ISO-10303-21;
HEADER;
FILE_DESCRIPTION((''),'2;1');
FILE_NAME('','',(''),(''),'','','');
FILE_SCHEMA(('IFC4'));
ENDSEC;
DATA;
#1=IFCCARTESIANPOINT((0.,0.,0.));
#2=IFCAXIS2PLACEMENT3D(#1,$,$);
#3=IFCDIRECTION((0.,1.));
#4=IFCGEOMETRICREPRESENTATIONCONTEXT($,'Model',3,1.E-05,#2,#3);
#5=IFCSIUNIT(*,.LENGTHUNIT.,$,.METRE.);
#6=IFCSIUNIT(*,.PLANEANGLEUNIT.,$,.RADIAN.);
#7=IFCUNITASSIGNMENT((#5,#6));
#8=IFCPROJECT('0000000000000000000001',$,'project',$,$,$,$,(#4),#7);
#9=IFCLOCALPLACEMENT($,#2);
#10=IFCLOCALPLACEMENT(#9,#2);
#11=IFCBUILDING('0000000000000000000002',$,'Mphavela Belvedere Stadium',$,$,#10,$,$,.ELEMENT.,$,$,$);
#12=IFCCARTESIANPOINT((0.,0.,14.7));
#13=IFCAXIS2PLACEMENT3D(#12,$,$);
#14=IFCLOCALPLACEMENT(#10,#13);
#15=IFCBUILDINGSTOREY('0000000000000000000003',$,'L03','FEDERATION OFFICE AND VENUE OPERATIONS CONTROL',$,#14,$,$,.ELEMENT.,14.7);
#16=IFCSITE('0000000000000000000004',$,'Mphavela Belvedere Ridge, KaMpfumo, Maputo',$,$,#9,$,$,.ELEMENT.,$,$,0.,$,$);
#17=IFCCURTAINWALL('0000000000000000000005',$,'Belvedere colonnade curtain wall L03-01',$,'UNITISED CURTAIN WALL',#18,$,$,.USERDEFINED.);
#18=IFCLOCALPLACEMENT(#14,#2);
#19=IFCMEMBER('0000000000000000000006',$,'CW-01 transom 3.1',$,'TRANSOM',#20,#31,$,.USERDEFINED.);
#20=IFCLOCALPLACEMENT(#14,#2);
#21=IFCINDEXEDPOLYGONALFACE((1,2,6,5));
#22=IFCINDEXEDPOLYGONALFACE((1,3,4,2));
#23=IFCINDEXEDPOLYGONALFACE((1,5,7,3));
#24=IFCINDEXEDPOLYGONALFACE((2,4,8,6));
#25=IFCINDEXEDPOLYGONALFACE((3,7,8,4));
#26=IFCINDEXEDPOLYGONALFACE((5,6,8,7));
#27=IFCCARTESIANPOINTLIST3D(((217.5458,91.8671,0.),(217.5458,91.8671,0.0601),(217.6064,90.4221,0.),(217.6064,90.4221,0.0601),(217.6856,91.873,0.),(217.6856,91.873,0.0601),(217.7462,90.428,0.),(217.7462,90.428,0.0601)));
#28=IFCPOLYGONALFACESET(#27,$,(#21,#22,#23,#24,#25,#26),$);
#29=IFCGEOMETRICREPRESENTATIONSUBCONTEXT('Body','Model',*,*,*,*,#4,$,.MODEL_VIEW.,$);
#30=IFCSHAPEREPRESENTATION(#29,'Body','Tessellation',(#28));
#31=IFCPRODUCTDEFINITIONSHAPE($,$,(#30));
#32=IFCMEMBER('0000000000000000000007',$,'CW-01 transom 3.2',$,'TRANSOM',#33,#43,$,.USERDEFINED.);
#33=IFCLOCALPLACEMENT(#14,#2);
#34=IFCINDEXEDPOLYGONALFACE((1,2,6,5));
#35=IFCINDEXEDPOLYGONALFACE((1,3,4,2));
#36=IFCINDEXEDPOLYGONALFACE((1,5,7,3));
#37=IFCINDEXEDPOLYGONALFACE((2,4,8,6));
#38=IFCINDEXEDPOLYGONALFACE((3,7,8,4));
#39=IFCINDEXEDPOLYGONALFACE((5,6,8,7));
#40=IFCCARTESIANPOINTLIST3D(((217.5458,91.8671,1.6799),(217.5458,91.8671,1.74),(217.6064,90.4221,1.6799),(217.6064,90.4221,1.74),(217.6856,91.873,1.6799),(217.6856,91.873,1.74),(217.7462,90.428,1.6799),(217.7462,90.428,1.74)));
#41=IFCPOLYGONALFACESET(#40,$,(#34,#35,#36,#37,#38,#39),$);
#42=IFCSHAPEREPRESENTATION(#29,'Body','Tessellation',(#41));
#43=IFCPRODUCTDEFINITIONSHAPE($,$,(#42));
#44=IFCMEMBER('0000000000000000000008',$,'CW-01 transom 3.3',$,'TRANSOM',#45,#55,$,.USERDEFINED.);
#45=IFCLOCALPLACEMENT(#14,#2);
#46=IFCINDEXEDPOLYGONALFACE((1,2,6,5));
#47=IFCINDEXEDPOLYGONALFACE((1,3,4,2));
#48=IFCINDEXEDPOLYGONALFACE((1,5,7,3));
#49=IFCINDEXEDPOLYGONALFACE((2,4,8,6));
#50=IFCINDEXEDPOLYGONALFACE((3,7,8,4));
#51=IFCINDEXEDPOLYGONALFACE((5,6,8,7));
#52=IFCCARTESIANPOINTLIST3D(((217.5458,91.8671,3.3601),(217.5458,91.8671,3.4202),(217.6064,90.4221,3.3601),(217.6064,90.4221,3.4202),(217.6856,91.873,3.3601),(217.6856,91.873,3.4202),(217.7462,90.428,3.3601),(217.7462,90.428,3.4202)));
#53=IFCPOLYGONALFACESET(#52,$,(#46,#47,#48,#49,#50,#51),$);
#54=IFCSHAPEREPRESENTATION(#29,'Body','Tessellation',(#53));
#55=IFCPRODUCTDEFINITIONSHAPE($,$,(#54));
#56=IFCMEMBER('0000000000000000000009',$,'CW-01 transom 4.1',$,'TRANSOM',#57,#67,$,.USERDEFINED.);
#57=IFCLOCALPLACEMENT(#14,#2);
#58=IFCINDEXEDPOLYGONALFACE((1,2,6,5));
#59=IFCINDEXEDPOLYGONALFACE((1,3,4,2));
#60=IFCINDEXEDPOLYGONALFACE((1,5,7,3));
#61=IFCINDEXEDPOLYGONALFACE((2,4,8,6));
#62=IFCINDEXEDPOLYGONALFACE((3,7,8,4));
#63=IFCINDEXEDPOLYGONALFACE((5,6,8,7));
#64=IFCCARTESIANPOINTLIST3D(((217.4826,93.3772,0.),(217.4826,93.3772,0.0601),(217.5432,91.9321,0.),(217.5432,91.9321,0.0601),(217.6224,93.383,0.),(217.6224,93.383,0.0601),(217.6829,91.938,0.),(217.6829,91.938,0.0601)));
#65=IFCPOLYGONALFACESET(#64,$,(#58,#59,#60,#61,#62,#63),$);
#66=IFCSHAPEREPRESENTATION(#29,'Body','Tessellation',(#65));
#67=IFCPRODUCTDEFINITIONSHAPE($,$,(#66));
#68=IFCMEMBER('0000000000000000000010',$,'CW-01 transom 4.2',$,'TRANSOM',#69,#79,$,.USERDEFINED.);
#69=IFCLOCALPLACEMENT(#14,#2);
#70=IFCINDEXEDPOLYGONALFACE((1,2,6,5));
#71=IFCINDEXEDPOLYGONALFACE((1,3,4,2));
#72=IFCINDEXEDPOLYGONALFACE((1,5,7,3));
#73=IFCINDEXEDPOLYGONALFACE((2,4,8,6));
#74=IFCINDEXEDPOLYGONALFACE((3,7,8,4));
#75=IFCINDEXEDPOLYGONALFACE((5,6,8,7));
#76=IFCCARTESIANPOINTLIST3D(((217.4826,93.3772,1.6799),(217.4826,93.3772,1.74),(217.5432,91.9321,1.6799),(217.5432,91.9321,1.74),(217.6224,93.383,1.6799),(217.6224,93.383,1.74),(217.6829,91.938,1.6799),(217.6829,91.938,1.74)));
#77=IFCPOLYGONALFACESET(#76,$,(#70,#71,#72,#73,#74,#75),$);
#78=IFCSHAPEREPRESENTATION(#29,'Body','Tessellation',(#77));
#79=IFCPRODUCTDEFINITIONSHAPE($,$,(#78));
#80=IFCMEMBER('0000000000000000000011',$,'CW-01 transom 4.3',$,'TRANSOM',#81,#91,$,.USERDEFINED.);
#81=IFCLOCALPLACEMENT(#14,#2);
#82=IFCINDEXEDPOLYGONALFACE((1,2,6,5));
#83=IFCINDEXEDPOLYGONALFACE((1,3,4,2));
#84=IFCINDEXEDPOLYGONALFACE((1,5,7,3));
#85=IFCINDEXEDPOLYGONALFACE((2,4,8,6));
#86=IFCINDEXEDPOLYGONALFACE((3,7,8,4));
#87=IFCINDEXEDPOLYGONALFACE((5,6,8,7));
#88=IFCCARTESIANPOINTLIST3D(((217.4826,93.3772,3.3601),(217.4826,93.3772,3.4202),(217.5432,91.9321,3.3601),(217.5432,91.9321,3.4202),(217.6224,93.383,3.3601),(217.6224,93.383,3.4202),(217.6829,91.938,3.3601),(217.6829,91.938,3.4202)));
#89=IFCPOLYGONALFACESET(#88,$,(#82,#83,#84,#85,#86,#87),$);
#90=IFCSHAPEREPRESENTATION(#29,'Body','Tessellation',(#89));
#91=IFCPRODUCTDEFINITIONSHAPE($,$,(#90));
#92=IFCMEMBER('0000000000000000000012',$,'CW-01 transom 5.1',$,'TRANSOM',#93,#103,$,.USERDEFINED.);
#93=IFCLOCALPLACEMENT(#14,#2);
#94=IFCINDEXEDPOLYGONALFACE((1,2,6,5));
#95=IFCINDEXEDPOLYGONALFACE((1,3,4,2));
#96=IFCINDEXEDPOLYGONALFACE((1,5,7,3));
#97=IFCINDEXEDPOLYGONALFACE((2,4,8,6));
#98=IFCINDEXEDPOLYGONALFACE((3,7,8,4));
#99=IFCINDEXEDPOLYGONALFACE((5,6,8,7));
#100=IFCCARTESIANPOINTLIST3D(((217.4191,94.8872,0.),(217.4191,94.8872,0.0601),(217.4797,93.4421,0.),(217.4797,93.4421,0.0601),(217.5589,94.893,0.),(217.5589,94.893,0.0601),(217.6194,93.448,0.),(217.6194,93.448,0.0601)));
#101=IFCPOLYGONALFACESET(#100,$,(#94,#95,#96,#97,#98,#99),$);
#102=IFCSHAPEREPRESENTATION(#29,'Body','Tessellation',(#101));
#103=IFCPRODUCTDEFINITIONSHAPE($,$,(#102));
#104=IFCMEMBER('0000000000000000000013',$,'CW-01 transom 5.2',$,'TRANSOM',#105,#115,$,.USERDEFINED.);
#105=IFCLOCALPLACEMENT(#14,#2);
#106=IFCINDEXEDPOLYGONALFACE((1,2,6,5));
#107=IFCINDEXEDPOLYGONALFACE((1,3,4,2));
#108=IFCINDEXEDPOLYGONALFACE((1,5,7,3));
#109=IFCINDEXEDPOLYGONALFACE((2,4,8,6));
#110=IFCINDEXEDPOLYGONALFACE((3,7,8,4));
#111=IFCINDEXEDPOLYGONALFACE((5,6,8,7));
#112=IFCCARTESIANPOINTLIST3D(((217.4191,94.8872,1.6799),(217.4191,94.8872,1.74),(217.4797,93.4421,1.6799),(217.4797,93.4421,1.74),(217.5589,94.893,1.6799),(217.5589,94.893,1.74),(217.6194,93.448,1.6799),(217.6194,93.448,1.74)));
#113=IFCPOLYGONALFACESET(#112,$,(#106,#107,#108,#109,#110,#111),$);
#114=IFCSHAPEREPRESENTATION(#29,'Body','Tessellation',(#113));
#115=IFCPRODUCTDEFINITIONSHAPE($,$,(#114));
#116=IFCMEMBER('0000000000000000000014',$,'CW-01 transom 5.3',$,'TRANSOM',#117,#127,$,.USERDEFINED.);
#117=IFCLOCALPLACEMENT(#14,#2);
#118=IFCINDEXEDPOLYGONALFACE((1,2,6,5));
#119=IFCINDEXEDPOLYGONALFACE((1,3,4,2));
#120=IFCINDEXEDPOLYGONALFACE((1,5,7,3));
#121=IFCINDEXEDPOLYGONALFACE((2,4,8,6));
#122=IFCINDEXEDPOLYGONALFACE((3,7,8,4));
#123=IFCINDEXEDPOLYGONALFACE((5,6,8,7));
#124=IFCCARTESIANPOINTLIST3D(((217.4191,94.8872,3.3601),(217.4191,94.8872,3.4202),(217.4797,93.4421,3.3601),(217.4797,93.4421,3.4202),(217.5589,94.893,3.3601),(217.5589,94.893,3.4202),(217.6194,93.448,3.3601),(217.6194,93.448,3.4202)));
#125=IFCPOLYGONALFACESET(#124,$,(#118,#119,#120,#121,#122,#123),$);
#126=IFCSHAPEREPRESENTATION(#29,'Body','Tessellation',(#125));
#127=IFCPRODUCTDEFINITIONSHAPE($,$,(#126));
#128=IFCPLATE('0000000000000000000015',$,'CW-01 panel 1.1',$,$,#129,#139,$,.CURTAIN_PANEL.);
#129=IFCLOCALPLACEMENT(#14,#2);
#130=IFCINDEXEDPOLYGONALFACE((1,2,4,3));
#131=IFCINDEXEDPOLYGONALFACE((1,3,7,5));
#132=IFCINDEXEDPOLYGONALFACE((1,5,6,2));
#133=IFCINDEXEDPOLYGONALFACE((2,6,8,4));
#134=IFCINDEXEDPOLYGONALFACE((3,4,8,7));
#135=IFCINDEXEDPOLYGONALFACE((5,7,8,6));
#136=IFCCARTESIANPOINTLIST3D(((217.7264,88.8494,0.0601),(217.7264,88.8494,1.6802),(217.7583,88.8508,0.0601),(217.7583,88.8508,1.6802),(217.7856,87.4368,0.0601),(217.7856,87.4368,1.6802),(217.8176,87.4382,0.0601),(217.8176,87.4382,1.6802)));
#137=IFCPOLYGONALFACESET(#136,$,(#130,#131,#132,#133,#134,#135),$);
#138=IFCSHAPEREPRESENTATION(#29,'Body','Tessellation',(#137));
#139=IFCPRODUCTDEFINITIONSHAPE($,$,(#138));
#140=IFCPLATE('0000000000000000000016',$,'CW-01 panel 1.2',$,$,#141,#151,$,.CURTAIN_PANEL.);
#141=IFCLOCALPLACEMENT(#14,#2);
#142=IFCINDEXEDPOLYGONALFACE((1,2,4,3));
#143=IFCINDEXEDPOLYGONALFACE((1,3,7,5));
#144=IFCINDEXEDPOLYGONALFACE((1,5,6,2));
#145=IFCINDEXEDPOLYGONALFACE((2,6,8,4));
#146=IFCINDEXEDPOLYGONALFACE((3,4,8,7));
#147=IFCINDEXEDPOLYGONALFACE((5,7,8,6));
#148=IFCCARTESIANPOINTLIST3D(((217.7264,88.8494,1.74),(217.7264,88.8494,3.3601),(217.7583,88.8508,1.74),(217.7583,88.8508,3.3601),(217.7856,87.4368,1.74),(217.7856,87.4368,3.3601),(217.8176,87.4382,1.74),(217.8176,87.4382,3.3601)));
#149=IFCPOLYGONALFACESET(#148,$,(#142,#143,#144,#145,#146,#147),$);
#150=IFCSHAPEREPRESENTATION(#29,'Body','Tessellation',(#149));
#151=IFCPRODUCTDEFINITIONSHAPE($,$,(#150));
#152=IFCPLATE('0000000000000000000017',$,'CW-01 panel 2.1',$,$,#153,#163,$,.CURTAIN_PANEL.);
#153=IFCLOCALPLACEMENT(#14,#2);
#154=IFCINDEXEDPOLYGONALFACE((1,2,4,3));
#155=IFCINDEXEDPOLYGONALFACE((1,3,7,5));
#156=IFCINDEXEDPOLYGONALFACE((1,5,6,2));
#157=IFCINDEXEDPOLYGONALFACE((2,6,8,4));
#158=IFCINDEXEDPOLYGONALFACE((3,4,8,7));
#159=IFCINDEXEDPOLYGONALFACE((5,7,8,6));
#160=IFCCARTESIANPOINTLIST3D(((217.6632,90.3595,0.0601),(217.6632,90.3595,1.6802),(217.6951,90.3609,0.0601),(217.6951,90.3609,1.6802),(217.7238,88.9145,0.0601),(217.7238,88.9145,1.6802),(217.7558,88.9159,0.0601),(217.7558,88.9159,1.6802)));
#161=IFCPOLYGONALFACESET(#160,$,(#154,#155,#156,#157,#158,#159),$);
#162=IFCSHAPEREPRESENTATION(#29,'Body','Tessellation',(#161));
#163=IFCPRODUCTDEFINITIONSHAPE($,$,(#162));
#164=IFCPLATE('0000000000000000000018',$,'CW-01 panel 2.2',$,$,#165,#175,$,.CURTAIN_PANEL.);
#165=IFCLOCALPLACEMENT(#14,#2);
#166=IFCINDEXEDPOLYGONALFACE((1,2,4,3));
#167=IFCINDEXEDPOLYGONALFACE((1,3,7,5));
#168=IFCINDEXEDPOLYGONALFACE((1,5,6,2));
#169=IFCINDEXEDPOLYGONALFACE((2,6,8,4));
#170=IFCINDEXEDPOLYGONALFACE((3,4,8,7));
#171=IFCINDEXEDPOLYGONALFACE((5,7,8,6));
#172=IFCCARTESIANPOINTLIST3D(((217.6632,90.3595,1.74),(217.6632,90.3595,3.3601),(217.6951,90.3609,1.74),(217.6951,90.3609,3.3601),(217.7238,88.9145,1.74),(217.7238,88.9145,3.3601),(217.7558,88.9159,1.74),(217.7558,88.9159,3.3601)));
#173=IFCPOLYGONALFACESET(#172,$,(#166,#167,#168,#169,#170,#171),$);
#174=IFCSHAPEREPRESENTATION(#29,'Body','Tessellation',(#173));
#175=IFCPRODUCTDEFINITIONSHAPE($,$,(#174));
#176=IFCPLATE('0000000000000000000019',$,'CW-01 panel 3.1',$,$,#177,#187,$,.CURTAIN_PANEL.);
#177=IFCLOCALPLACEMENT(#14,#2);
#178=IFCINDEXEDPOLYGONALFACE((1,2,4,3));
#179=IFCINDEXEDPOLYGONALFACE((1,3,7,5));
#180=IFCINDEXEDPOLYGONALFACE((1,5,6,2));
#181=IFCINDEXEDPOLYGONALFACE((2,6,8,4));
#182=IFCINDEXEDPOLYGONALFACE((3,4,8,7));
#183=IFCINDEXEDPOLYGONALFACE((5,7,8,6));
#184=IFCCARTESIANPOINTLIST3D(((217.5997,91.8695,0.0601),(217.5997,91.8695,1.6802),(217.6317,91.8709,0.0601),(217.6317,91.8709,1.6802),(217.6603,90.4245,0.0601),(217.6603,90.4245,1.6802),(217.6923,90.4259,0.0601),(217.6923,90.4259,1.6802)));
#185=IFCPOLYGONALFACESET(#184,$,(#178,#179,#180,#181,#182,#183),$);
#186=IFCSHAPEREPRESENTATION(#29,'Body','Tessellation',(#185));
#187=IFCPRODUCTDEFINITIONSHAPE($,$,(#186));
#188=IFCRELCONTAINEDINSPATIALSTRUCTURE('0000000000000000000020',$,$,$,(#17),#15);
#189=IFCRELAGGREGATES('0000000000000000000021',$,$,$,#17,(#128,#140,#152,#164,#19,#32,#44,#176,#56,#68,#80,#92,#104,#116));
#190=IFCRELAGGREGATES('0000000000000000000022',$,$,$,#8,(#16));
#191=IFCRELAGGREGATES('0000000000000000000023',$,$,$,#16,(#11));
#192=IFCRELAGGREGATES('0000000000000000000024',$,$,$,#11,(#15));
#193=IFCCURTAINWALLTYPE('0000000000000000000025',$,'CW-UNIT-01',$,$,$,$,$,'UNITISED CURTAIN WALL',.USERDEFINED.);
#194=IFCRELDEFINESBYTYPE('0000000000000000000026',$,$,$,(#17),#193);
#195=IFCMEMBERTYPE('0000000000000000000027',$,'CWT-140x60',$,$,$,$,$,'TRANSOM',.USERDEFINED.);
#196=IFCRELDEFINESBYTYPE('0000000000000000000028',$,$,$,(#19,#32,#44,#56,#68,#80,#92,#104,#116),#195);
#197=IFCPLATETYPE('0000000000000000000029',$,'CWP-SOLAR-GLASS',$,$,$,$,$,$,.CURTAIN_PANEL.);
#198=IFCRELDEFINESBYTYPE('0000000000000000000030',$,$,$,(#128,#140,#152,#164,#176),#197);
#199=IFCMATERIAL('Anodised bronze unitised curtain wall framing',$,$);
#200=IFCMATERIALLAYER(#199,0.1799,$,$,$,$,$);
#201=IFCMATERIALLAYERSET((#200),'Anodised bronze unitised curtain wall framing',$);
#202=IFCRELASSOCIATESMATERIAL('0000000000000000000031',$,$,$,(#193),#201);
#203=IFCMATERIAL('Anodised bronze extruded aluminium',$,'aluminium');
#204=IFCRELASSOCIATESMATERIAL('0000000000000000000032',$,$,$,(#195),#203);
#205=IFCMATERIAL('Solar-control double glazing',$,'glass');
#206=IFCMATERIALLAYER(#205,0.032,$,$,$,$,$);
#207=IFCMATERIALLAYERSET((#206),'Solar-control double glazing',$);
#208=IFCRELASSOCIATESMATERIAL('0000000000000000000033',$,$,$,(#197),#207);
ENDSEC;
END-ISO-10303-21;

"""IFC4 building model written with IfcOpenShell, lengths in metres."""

from ifc_helpers import new_model, si_unit, direction, frame, origin, origin_2d, place, context, subcontext, project, spatial, rectangle, extrude, material, layer, layer_set, material_profile, profile_set, type_object, element, aggregate, save


model = new_model("IFC4")

# Units and contexts
model_context = context("Model", 3, precision=1e-05, world=origin(), true_north=direction((0.0, 1.0)))
body_context = subcontext(model_context, "Body", "Model", "MODEL_VIEW")
ifc_project = project(units=[si_unit("LENGTHUNIT", "METRE"), si_unit("PLANEANGLEUNIT", "RADIAN")], contexts=[model_context])

# Site, building, storey
site_placement = place(None, origin())
site = spatial("IfcSite", under=ifc_project, at=site_placement, Name="Mphavela Belvedere Ridge, KaMpfumo, Maputo", CompositionType="ELEMENT", RefElevation=0.0)
building_placement = place(site_placement, origin())
building = spatial("IfcBuilding", under=site, at=building_placement, Name="Mphavela Belvedere Stadium", CompositionType="ELEMENT")
storey_placement = place(building_placement, frame((0.0, 0.0, 14.7)))
storey = spatial("IfcBuildingStorey", under=building, at=storey_placement, Name="L03", Description="FEDERATION OFFICE AND VENUE OPERATIONS CONTROL", CompositionType="ELEMENT", Elevation=14.7)

# Curtain wall, members, plates
ifc_material_1 = material(Name="Anodised bronze unitised curtain wall framing")
ifc_layer_1 = layer(ifc_material_1, 0.1799)
ifc_layer_set_1 = layer_set([ifc_layer_1], Name="Anodised bronze unitised curtain wall framing")
curtain_wall_type = type_object("IfcCurtainWallType", Name="CW-UNIT-01", ElementType="UNITISED CURTAIN WALL", PredefinedType="USERDEFINED", material=ifc_layer_set_1)
curtain_wall_placement = place(storey_placement, origin())
curtain_wall = element("IfcCurtainWall", 1, at=curtain_wall_placement, inside=storey, type_object=curtain_wall_type, Name="Belvedere colonnade curtain wall L03-01", ObjectType="UNITISED CURTAIN WALL", PredefinedType="USERDEFINED")
ifc_material_2 = material(Name="Anodised bronze extruded aluminium", Category="aluminium")
ifc_material_profile_1 = material_profile(ifc_material_2, rectangle(XDim=0.1399, YDim=0.0601, at=origin_2d()), Name="CW-TRN 140x60")
ifc_profile_set_1 = profile_set([ifc_material_profile_1], Name="Anodised bronze extruded aluminium")
member_type_1 = type_object("IfcMemberType", Name="CWT-140x60", ElementType="TRANSOM", PredefinedType="USERDEFINED", material=ifc_profile_set_1)
member_1_placement = place(storey_placement, frame((217.6763, 90.425, 0.03), z_axis=(-0.041862, 0.999123, 0.0), x_axis=(-0.999123, -0.041862, 0.0)))
member_1 = element("IfcMember", 2, at=member_1_placement, type_object=member_type_1, Name="CW-01 transom 3.1", ObjectType="TRANSOM", PredefinedType="USERDEFINED", context=body_context, shape_type="SweptSolid", body=[
    extrude(rectangle(XDim=0.1399, YDim=0.0601, at=origin_2d()), origin(), (0.0, 0.0, 1.0), 1.4463),
])
member_2_placement = place(storey_placement, frame((217.6763, 90.425, 1.71), z_axis=(-0.041862, 0.999123, 0.0), x_axis=(-0.999123, -0.041862, 0.0)))
member_2 = element("IfcMember", 3, at=member_2_placement, type_object=member_type_1, Name="CW-01 transom 3.2", ObjectType="TRANSOM", PredefinedType="USERDEFINED", context=body_context, shape_type="SweptSolid", body=[
    extrude(rectangle(XDim=0.1399, YDim=0.0601, at=origin_2d()), origin(), (0.0, 0.0, 1.0), 1.4463),
])
member_3_placement = place(storey_placement, frame((217.6763, 90.425, 3.3901), z_axis=(-0.041862, 0.999123, 0.0), x_axis=(-0.999123, -0.041862, 0.0)))
member_3 = element("IfcMember", 4, at=member_3_placement, type_object=member_type_1, Name="CW-01 transom 3.3", ObjectType="TRANSOM", PredefinedType="USERDEFINED", context=body_context, shape_type="SweptSolid", body=[
    extrude(rectangle(XDim=0.1399, YDim=0.0601, at=origin_2d()), origin(), (0.0, 0.0, 1.0), 1.4463),
])
member_4_placement = place(storey_placement, frame((217.613, 91.9351, 0.03), z_axis=(-0.041862, 0.999123, 0.0), x_axis=(-0.999123, -0.041862, 0.0)))
member_4 = element("IfcMember", 5, at=member_4_placement, type_object=member_type_1, Name="CW-01 transom 4.1", ObjectType="TRANSOM", PredefinedType="USERDEFINED", context=body_context, shape_type="SweptSolid", body=[
    extrude(rectangle(XDim=0.1399, YDim=0.0601, at=origin_2d()), origin(), (0.0, 0.0, 1.0), 1.4463),
])
member_5_placement = place(storey_placement, frame((217.613, 91.9351, 1.71), z_axis=(-0.041862, 0.999123, 0.0), x_axis=(-0.999123, -0.041862, 0.0)))
member_5 = element("IfcMember", 6, at=member_5_placement, type_object=member_type_1, Name="CW-01 transom 4.2", ObjectType="TRANSOM", PredefinedType="USERDEFINED", context=body_context, shape_type="SweptSolid", body=[
    extrude(rectangle(XDim=0.1399, YDim=0.0601, at=origin_2d()), origin(), (0.0, 0.0, 1.0), 1.4463),
])
member_6_placement = place(storey_placement, frame((217.613, 91.9351, 3.3901), z_axis=(-0.041862, 0.999123, 0.0), x_axis=(-0.999123, -0.041862, 0.0)))
member_6 = element("IfcMember", 7, at=member_6_placement, type_object=member_type_1, Name="CW-01 transom 4.3", ObjectType="TRANSOM", PredefinedType="USERDEFINED", context=body_context, shape_type="SweptSolid", body=[
    extrude(rectangle(XDim=0.1399, YDim=0.0601, at=origin_2d()), origin(), (0.0, 0.0, 1.0), 1.4463),
])
member_7_placement = place(storey_placement, frame((217.5496, 93.4451, 0.03), z_axis=(-0.041862, 0.999123, 0.0), x_axis=(-0.999123, -0.041862, 0.0)))
member_7 = element("IfcMember", 8, at=member_7_placement, type_object=member_type_1, Name="CW-01 transom 5.1", ObjectType="TRANSOM", PredefinedType="USERDEFINED", context=body_context, shape_type="SweptSolid", body=[
    extrude(rectangle(XDim=0.1399, YDim=0.0601, at=origin_2d()), origin(), (0.0, 0.0, 1.0), 1.4463),
])
member_8_placement = place(storey_placement, frame((217.5496, 93.4451, 1.71), z_axis=(-0.041862, 0.999123, 0.0), x_axis=(-0.999123, -0.041862, 0.0)))
member_8 = element("IfcMember", 9, at=member_8_placement, type_object=member_type_1, Name="CW-01 transom 5.2", ObjectType="TRANSOM", PredefinedType="USERDEFINED", context=body_context, shape_type="SweptSolid", body=[
    extrude(rectangle(XDim=0.1399, YDim=0.0601, at=origin_2d()), origin(), (0.0, 0.0, 1.0), 1.4463),
])
member_9_placement = place(storey_placement, frame((217.5496, 93.4451, 3.3901), z_axis=(-0.041862, 0.999123, 0.0), x_axis=(-0.999123, -0.041862, 0.0)))
member_9 = element("IfcMember", 10, at=member_9_placement, type_object=member_type_1, Name="CW-01 transom 5.3", ObjectType="TRANSOM", PredefinedType="USERDEFINED", context=body_context, shape_type="SweptSolid", body=[
    extrude(rectangle(XDim=0.1399, YDim=0.0601, at=origin_2d()), origin(), (0.0, 0.0, 1.0), 1.4463),
])
ifc_material_3 = material(Name="Solar-control double glazing", Category="glass")
ifc_layer_2 = layer(ifc_material_3, 0.032)
ifc_layer_set_2 = layer_set([ifc_layer_2], Name="Solar-control double glazing")
plate_type = type_object("IfcPlateType", Name="CWP-SOLAR-GLASS", PredefinedType="CURTAIN_PANEL", material=ifc_layer_set_2)
plate_1_placement = place(storey_placement, frame((217.772, 88.1438, 0.0601), z_axis=(0.0, 0.0, 1.0), x_axis=(-0.041911, 0.999121, 0.0)))
plate_1 = element("IfcPlate", 11, at=plate_1_placement, type_object=plate_type, Name="CW-01 panel 1.1", PredefinedType="CURTAIN_PANEL", context=body_context, shape_type="SweptSolid", body=[
    extrude(rectangle(XDim=1.4138, YDim=0.032, at=origin_2d()), origin(), (0.0, 0.0, 1.0), 1.6201),
])
plate_2_placement = place(storey_placement, frame((217.772, 88.1438, 1.74), z_axis=(0.0, 0.0, 1.0), x_axis=(-0.041911, 0.999121, 0.0)))
plate_2 = element("IfcPlate", 12, at=plate_2_placement, type_object=plate_type, Name="CW-01 panel 1.2", PredefinedType="CURTAIN_PANEL", context=body_context, shape_type="SweptSolid", body=[
    extrude(rectangle(XDim=1.4138, YDim=0.032, at=origin_2d()), origin(), (0.0, 0.0, 1.0), 1.6201),
])
plate_3_placement = place(storey_placement, frame((217.7095, 89.6377, 0.0601), z_axis=(0.0, 0.0, 1.0), x_axis=(-0.041911, 0.999121, 0.0)))
plate_3 = element("IfcPlate", 13, at=plate_3_placement, type_object=plate_type, Name="CW-01 panel 2.1", PredefinedType="CURTAIN_PANEL", context=body_context, shape_type="SweptSolid", body=[
    extrude(rectangle(XDim=1.4463, YDim=0.032, at=origin_2d()), origin(), (0.0, 0.0, 1.0), 1.6201),
])
plate_4_placement = place(storey_placement, frame((217.7095, 89.6377, 1.74), z_axis=(0.0, 0.0, 1.0), x_axis=(-0.041911, 0.999121, 0.0)))
plate_4 = element("IfcPlate", 14, at=plate_4_placement, type_object=plate_type, Name="CW-01 panel 2.2", PredefinedType="CURTAIN_PANEL", context=body_context, shape_type="SweptSolid", body=[
    extrude(rectangle(XDim=1.4463, YDim=0.032, at=origin_2d()), origin(), (0.0, 0.0, 1.0), 1.6201),
])
plate_5_placement = place(storey_placement, frame((217.646, 91.1477, 0.0601), z_axis=(0.0, 0.0, 1.0), x_axis=(-0.041911, 0.999121, 0.0)))
plate_5 = element("IfcPlate", 15, at=plate_5_placement, type_object=plate_type, Name="CW-01 panel 3.1", PredefinedType="CURTAIN_PANEL", context=body_context, shape_type="SweptSolid", body=[
    extrude(rectangle(XDim=1.4463, YDim=0.032, at=origin_2d()), origin(), (0.0, 0.0, 1.0), 1.6201),
])
aggregate(curtain_wall, [plate_1, plate_2, plate_3, plate_4, member_1, member_2, member_3, plate_5, member_4, member_5, member_6, member_7, member_8, member_9])

save(model, "model.ifc")
